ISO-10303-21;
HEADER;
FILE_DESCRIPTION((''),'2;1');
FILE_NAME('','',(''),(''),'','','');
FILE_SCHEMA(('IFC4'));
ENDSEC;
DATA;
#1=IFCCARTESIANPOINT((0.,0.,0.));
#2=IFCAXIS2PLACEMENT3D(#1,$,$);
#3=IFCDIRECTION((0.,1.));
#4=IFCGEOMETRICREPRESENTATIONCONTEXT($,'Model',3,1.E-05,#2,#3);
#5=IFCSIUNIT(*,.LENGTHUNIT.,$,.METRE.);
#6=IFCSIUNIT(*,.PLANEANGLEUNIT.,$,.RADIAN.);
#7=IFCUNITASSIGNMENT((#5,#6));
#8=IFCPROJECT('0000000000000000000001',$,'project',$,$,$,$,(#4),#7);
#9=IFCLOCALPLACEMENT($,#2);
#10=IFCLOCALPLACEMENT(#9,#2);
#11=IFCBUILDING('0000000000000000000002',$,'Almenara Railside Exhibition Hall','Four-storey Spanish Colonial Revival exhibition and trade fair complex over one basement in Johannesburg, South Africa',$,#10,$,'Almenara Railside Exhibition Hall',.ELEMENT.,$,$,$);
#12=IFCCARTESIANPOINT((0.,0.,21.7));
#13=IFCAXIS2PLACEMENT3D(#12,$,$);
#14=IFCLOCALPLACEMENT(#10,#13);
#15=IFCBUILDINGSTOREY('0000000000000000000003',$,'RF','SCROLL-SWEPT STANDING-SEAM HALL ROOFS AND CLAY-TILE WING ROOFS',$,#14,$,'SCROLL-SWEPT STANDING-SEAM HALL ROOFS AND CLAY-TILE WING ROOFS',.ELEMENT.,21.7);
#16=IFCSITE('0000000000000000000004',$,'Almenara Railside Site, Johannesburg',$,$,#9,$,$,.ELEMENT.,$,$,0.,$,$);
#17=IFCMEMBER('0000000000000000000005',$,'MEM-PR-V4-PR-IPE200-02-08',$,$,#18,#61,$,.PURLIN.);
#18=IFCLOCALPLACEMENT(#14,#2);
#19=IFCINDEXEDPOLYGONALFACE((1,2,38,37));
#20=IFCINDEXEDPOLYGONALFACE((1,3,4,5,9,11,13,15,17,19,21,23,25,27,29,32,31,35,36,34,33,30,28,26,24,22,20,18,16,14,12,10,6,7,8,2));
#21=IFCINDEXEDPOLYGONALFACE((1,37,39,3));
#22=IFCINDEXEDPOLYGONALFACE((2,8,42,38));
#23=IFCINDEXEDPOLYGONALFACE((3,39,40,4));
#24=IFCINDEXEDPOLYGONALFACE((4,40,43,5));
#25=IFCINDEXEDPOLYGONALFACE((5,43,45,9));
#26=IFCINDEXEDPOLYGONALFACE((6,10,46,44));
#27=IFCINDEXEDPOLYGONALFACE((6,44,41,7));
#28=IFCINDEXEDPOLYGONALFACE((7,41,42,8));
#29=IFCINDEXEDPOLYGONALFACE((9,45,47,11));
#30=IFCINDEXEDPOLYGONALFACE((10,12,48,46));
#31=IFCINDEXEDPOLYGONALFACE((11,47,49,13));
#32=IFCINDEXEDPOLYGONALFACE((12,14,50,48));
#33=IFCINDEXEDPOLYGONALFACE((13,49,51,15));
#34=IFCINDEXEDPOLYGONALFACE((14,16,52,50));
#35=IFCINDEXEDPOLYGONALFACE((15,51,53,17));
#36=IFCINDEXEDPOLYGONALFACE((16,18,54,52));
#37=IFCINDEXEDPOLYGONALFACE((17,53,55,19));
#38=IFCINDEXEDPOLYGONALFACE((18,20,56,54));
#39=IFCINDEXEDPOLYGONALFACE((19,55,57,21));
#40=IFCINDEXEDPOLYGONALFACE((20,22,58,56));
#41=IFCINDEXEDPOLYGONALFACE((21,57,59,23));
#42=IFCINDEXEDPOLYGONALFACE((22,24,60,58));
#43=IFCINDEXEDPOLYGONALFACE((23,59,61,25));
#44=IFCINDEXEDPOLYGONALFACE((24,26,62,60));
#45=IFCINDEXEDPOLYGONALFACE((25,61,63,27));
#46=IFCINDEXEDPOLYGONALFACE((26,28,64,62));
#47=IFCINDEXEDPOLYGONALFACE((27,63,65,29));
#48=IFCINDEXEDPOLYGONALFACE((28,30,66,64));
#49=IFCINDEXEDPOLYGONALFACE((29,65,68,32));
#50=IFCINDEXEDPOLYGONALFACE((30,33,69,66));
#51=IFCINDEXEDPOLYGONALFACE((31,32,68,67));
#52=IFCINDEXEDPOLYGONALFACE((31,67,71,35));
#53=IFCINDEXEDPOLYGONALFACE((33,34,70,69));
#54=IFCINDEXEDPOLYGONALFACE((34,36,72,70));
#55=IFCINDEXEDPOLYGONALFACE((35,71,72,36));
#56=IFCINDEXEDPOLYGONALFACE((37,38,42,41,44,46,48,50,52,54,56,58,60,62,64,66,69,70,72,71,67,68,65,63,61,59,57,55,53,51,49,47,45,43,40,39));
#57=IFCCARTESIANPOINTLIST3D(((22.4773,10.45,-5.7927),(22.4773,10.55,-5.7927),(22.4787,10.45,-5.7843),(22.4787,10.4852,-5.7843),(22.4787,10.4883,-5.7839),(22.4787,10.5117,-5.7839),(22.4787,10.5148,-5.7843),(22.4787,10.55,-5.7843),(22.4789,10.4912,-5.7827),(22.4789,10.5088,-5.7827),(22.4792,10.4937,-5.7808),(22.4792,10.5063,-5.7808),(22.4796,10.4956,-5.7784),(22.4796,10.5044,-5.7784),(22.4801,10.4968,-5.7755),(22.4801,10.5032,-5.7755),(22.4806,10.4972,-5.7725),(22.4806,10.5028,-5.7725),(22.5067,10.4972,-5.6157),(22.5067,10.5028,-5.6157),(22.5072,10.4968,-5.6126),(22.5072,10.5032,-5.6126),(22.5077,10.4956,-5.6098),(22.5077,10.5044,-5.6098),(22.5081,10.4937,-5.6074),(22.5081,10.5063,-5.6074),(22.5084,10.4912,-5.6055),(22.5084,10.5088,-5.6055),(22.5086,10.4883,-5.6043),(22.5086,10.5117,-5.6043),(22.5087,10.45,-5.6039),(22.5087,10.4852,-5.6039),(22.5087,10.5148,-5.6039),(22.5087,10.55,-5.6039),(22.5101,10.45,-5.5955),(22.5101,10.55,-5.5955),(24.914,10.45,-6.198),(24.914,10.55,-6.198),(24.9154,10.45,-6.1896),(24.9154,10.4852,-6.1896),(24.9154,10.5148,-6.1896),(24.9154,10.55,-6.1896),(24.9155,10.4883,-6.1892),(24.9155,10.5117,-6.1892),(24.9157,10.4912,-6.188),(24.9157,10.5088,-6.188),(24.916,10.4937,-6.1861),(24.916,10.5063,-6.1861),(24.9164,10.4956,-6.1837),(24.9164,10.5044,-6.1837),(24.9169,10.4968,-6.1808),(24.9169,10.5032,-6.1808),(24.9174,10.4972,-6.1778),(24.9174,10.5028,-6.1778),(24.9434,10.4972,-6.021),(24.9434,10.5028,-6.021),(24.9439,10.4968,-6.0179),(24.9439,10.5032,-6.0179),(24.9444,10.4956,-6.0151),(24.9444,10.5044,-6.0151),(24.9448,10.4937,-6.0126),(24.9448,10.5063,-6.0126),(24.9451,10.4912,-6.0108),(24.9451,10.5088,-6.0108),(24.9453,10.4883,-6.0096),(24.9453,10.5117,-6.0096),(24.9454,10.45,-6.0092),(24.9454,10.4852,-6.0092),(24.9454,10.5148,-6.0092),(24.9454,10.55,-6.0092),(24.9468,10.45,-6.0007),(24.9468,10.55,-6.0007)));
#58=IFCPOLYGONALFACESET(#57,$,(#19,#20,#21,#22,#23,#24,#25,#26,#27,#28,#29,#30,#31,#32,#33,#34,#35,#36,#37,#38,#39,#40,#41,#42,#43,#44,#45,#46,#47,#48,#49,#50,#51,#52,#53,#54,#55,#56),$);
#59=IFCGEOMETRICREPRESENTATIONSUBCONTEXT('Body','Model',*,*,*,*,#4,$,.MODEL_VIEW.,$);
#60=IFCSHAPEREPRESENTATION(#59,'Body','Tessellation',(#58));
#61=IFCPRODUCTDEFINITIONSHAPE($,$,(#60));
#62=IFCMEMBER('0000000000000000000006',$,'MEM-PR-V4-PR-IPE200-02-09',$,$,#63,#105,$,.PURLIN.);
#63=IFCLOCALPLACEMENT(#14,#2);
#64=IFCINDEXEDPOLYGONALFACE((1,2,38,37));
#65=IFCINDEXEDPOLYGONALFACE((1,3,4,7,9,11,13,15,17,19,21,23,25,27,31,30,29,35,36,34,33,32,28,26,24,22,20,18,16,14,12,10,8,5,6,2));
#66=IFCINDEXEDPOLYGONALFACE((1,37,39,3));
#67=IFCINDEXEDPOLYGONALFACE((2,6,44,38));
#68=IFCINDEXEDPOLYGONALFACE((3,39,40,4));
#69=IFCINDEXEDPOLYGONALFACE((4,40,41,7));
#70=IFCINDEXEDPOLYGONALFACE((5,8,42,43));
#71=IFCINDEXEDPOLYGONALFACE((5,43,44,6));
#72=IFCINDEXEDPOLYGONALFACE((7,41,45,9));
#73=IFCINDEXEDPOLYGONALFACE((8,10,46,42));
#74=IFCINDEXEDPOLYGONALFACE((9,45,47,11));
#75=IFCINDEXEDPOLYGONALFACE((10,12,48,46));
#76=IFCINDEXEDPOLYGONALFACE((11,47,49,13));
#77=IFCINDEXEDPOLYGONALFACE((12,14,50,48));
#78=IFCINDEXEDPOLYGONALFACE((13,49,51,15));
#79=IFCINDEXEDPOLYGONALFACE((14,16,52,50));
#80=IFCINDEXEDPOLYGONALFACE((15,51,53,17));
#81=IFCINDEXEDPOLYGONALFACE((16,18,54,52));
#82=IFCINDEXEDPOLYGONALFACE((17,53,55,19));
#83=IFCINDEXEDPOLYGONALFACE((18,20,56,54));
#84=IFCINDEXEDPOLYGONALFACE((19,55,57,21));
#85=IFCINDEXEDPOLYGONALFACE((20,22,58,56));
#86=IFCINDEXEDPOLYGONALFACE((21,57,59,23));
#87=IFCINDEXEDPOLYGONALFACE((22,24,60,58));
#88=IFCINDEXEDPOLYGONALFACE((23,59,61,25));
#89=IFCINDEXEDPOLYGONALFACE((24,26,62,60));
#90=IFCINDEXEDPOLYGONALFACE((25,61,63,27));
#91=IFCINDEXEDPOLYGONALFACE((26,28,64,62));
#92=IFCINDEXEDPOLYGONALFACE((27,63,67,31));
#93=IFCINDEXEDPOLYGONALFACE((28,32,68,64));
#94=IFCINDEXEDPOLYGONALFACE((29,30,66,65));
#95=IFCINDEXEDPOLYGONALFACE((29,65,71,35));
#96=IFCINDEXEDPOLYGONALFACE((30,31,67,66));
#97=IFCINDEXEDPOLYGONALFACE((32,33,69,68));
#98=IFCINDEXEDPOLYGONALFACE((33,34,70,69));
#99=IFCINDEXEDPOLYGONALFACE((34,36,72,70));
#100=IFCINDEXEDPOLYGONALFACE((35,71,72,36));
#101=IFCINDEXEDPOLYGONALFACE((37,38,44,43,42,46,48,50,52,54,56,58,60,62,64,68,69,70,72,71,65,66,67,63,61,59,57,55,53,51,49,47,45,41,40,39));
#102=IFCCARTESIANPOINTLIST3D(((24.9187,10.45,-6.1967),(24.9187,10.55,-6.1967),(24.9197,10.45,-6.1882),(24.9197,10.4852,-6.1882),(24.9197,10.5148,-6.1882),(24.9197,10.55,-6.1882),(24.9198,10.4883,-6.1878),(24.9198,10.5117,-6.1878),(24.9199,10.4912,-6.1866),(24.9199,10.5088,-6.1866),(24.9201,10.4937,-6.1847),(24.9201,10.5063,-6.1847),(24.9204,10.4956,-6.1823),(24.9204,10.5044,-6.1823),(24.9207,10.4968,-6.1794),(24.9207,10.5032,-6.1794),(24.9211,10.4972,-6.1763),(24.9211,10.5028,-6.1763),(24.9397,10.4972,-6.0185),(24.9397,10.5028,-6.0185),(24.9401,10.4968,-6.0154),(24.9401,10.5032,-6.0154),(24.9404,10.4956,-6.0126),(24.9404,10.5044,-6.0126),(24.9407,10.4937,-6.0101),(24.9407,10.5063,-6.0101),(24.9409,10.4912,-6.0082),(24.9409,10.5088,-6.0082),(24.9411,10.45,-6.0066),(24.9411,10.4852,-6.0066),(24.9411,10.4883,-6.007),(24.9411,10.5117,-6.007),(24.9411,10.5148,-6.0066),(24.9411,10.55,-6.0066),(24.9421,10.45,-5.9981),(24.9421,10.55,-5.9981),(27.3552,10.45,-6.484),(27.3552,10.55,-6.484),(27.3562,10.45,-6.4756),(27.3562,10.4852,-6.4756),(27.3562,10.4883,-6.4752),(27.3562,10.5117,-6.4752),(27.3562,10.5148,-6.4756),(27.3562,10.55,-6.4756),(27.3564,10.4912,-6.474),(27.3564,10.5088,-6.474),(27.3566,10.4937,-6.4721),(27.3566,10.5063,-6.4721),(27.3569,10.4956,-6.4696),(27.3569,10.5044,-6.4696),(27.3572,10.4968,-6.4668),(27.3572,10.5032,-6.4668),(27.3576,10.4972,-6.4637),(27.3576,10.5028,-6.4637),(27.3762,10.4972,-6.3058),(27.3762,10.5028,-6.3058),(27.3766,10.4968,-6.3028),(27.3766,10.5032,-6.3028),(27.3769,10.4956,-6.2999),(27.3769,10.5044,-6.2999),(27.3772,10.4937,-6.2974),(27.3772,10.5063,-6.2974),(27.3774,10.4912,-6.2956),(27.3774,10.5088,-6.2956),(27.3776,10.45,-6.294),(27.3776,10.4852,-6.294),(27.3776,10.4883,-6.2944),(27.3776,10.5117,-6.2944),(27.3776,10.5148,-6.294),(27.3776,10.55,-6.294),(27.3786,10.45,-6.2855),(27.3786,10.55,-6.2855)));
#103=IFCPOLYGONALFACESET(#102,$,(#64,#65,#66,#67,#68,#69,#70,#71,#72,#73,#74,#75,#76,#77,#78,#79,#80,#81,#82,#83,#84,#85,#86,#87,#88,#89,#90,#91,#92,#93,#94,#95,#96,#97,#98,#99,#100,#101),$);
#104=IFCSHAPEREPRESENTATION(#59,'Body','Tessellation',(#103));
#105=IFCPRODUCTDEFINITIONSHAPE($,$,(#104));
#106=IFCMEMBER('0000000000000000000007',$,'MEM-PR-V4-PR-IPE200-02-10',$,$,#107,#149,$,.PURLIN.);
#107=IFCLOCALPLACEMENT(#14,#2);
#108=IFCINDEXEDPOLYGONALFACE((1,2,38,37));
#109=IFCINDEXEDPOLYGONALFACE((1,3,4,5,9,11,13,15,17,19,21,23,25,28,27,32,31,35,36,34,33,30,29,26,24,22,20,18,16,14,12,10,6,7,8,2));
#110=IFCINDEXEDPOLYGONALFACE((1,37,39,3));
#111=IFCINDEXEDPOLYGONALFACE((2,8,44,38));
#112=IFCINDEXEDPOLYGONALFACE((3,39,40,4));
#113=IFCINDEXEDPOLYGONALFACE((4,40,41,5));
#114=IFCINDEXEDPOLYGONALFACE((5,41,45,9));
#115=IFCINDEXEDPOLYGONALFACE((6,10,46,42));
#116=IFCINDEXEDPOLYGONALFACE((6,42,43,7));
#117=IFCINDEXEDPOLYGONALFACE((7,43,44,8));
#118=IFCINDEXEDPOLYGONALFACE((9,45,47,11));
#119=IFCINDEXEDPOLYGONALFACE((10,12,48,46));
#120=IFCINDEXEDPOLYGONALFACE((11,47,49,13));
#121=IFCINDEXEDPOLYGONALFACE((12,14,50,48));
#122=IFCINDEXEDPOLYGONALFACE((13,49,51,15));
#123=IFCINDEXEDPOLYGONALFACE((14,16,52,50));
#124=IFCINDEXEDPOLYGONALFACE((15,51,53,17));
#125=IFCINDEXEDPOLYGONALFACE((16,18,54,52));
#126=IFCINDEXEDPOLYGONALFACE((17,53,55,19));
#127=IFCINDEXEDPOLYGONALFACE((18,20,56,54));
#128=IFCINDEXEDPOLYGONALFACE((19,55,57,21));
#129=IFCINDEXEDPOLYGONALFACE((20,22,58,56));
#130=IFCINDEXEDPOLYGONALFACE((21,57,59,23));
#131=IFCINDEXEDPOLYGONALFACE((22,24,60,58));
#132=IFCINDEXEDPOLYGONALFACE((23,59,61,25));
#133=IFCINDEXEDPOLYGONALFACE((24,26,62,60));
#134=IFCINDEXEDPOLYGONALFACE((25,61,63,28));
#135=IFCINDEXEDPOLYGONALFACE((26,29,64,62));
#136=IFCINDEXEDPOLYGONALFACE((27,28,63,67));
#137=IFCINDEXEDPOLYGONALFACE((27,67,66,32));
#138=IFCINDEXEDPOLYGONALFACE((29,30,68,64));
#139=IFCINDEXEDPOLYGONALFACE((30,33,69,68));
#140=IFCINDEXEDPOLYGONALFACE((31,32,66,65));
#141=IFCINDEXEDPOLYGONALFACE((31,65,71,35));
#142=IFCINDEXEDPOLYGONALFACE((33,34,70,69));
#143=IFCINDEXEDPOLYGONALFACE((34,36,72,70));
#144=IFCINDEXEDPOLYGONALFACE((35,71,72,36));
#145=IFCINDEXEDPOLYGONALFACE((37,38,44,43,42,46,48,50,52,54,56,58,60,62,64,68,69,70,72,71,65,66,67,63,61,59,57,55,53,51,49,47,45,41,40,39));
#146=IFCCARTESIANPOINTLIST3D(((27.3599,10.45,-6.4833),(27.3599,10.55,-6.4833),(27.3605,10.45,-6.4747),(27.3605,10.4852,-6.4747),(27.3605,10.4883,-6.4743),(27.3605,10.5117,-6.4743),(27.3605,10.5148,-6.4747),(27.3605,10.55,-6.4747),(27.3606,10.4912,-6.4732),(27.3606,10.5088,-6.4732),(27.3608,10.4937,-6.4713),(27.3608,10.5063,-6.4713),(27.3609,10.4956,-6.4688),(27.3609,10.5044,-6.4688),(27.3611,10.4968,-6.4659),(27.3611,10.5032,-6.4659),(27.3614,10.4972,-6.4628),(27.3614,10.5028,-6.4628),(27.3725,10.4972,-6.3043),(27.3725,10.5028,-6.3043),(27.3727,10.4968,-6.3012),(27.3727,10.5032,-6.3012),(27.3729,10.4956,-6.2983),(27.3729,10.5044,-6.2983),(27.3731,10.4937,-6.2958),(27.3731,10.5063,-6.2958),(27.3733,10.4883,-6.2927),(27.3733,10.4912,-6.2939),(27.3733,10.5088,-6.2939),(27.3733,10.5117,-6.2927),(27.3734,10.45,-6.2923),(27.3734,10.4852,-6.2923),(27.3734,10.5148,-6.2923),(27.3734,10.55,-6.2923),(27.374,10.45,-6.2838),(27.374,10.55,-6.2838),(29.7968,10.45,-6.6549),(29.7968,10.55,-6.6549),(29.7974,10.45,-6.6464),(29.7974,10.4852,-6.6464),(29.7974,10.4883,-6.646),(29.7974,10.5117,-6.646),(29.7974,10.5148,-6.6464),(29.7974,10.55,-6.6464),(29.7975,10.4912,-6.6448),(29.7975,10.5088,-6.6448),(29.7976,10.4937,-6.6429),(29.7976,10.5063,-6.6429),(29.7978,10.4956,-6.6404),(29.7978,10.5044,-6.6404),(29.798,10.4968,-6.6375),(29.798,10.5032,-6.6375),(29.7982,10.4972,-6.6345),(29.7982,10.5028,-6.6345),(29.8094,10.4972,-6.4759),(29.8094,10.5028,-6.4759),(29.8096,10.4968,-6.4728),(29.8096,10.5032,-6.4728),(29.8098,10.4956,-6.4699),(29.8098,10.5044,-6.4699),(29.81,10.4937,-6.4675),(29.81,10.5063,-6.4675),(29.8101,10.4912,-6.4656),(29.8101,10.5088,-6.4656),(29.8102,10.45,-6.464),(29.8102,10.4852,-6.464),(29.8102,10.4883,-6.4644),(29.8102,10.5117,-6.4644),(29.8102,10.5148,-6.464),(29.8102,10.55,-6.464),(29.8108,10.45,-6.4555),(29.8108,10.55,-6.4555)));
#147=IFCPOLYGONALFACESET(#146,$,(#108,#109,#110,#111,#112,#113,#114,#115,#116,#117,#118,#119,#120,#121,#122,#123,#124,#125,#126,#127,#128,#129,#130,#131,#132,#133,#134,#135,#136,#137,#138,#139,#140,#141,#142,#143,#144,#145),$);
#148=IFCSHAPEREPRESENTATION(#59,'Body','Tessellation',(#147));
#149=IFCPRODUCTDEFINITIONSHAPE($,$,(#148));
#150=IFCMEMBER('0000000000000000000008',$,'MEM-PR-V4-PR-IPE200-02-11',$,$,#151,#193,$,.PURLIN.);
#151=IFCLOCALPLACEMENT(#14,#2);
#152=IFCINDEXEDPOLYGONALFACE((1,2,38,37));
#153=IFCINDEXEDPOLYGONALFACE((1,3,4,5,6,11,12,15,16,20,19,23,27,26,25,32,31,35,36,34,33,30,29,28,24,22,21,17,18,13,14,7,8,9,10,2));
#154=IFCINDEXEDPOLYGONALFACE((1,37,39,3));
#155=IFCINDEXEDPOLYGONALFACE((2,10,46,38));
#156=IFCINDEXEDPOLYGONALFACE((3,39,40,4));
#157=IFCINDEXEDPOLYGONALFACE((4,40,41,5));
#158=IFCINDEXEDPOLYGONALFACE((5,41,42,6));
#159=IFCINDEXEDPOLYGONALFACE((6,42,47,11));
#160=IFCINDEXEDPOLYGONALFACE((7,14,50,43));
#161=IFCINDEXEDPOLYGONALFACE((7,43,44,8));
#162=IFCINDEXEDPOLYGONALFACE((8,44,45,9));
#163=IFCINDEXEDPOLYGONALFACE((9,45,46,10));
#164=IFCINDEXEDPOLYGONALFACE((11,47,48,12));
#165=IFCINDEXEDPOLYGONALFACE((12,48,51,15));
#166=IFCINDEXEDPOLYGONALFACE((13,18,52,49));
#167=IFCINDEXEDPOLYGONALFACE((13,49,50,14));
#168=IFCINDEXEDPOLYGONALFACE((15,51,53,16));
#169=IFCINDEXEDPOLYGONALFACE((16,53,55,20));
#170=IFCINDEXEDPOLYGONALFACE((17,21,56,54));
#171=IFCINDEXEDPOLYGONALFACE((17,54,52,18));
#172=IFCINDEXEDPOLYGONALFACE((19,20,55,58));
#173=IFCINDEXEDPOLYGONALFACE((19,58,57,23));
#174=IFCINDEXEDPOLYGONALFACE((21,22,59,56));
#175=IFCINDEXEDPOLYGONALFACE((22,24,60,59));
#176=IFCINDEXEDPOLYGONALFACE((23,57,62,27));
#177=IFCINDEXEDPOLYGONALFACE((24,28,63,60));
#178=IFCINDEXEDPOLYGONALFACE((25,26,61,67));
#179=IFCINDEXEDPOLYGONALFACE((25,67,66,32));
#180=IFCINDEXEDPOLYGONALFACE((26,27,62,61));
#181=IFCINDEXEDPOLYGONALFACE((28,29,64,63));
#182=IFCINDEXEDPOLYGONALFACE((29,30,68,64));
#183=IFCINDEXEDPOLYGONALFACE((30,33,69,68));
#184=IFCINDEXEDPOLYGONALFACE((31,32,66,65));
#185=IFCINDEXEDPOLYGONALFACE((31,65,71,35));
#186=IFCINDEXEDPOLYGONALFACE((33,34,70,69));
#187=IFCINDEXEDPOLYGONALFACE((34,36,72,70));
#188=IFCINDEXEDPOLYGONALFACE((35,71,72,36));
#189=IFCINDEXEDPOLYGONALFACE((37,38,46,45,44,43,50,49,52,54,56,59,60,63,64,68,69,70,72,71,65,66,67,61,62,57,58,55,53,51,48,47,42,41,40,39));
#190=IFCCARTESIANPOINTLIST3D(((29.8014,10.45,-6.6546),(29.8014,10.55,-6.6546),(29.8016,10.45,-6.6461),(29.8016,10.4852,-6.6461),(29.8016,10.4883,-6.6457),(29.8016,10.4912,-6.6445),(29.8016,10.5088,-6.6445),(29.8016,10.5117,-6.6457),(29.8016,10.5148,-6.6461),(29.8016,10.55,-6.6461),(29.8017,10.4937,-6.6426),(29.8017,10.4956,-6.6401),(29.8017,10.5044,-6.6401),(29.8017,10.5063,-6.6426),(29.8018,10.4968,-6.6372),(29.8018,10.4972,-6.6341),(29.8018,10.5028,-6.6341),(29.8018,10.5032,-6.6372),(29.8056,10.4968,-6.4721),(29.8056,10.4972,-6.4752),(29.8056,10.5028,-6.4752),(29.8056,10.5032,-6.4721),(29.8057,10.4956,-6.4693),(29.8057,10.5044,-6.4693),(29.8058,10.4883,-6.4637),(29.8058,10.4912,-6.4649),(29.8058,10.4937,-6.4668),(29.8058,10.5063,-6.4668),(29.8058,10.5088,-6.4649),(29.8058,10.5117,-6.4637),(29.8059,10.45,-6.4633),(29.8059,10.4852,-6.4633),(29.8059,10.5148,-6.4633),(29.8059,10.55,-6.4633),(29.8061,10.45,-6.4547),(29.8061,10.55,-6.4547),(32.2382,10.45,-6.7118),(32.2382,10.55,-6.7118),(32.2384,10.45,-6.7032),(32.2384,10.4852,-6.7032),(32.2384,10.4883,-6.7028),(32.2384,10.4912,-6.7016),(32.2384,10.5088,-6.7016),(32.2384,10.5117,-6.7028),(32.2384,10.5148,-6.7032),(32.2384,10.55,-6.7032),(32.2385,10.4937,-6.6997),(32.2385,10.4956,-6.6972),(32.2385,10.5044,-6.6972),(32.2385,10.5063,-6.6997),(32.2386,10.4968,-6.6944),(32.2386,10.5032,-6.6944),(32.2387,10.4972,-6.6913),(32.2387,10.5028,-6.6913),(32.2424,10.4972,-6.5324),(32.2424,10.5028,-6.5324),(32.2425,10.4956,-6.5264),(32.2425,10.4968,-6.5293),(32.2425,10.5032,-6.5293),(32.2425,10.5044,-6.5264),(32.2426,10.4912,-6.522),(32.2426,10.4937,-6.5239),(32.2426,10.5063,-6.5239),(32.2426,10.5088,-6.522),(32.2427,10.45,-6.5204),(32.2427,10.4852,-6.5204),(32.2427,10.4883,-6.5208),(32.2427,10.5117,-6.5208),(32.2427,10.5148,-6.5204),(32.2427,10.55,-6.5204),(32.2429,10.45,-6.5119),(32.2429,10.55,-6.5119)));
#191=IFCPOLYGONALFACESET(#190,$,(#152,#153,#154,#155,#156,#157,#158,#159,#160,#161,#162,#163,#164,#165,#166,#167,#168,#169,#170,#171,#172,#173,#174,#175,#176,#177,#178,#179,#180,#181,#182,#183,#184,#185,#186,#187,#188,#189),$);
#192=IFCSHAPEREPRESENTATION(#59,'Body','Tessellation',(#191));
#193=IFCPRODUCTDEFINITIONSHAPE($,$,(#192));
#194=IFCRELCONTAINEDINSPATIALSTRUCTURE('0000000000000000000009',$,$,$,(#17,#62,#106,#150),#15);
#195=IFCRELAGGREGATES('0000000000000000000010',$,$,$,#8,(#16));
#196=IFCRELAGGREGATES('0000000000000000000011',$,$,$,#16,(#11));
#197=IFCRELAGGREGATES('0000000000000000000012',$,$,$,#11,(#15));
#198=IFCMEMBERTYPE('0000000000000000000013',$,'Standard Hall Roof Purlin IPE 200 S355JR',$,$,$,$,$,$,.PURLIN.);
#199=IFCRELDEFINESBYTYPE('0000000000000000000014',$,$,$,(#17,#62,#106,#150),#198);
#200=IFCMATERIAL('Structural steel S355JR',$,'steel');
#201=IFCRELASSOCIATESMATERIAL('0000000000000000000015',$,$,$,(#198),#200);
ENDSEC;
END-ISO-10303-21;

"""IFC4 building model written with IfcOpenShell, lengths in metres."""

from ifc_helpers import new_model, si_unit, direction, frame, origin, origin_2d, place, context, subcontext, project, spatial, i_section, extrude, material, material_profile, profile_set, type_object, element, save


model = new_model("IFC4")

# Units and contexts
model_context = context("Model", 3, precision=1e-05, world=origin(), true_north=direction((0.0, 1.0)))
body_context = subcontext(model_context, "Body", "Model", "MODEL_VIEW")
ifc_project = project(units=[si_unit("LENGTHUNIT", "METRE"), si_unit("PLANEANGLEUNIT", "RADIAN")], contexts=[model_context])

# Site, building, storey
site_placement = place(None, origin())
site = spatial("IfcSite", under=ifc_project, at=site_placement, Name="Almenara Railside Site, Johannesburg", CompositionType="ELEMENT", RefElevation=0.0)
building_placement = place(site_placement, origin())
building = spatial("IfcBuilding", under=site, at=building_placement, Name="Almenara Railside Exhibition Hall", Description="Four-storey Spanish Colonial Revival exhibition and trade fair complex over one basement in Johannesburg, South Africa", LongName="Almenara Railside Exhibition Hall", CompositionType="ELEMENT")
storey_placement = place(building_placement, frame((0.0, 0.0, 21.7)))
storey = spatial("IfcBuildingStorey", under=building, at=storey_placement, Name="RF", Description="SCROLL-SWEPT STANDING-SEAM HALL ROOFS AND CLAY-TILE WING ROOFS", LongName="SCROLL-SWEPT STANDING-SEAM HALL ROOFS AND CLAY-TILE WING ROOFS", CompositionType="ELEMENT", Elevation=21.7)

# Members
ifc_material_1 = material(Name="Structural steel S355JR", Category="steel")
ifc_material_profile_1 = material_profile(ifc_material_1, i_section(OverallWidth=0.1001, OverallDepth=0.2, WebThickness=0.0056, FlangeThickness=0.0085, FilletRadius=0.012, at=origin_2d()), Name="IPE 200")
ifc_profile_set_1 = profile_set([ifc_material_profile_1], Name="Structural steel S355JR")
member_type_1 = type_object("IfcMemberType", Name="Standard Hall Roof Purlin IPE 200 S355JR", PredefinedType="PURLIN", material=ifc_profile_set_1)
member_1_placement = place(storey_placement, frame((22.4937, 10.5, -5.6941), z_axis=(0.98645, 0.0, -0.164062), x_axis=(0.0, 1.0, 0.0)))
element("IfcMember", 1, at=member_1_placement, inside=storey, type_object=member_type_1, Name="MEM-PR-V4-PR-IPE200-02-08", PredefinedType="PURLIN", context=body_context, shape_type="SweptSolid", body=[
    extrude(i_section(OverallWidth=0.1001, OverallDepth=0.2, WebThickness=0.0056, FlangeThickness=0.0085, FilletRadius=0.012, at=origin_2d()), origin(), (0.0, 0.0, 1.0), 2.4702),
])
member_2_placement = place(storey_placement, frame((24.9304, 10.5, -6.0974), z_axis=(0.993117, 0.0, -0.117124), x_axis=(0.0, 1.0, 0.0)))
element("IfcMember", 2, at=member_2_placement, inside=storey, type_object=member_type_1, Name="MEM-PR-V4-PR-IPE200-02-09", PredefinedType="PURLIN", context=body_context, shape_type="SweptSolid", body=[
    extrude(i_section(OverallWidth=0.1001, OverallDepth=0.2, WebThickness=0.0056, FlangeThickness=0.0085, FilletRadius=0.012, at=origin_2d()), origin(), (0.0, 0.0, 1.0), 2.4534),
])
member_3_placement = place(storey_placement, frame((27.3669, 10.5, -6.3835), z_axis=(0.997529, 0.0, -0.07026), x_axis=(0.0, 1.0, 0.0)))
element("IfcMember", 3, at=member_3_placement, inside=storey, type_object=member_type_1, Name="MEM-PR-V4-PR-IPE200-02-10", PredefinedType="PURLIN", context=body_context, shape_type="SweptSolid", body=[
    extrude(i_section(OverallWidth=0.1001, OverallDepth=0.2, WebThickness=0.0056, FlangeThickness=0.0085, FilletRadius=0.012, at=origin_2d()), origin(), (0.0, 0.0, 1.0), 2.4429),
])
member_4_placement = place(storey_placement, frame((29.8037, 10.5, -6.5547), z_axis=(0.999725, 0.0, -0.023438), x_axis=(0.0, 1.0, 0.0)))
element("IfcMember", 4, at=member_4_placement, inside=storey, type_object=member_type_1, Name="MEM-PR-V4-PR-IPE200-02-11", PredefinedType="PURLIN", context=body_context, shape_type="SweptSolid", body=[
    extrude(i_section(OverallWidth=0.1001, OverallDepth=0.2, WebThickness=0.0056, FlangeThickness=0.0085, FilletRadius=0.012, at=origin_2d()), origin(), (0.0, 0.0, 1.0), 2.4375),
])

save(model, "model.ifc")
